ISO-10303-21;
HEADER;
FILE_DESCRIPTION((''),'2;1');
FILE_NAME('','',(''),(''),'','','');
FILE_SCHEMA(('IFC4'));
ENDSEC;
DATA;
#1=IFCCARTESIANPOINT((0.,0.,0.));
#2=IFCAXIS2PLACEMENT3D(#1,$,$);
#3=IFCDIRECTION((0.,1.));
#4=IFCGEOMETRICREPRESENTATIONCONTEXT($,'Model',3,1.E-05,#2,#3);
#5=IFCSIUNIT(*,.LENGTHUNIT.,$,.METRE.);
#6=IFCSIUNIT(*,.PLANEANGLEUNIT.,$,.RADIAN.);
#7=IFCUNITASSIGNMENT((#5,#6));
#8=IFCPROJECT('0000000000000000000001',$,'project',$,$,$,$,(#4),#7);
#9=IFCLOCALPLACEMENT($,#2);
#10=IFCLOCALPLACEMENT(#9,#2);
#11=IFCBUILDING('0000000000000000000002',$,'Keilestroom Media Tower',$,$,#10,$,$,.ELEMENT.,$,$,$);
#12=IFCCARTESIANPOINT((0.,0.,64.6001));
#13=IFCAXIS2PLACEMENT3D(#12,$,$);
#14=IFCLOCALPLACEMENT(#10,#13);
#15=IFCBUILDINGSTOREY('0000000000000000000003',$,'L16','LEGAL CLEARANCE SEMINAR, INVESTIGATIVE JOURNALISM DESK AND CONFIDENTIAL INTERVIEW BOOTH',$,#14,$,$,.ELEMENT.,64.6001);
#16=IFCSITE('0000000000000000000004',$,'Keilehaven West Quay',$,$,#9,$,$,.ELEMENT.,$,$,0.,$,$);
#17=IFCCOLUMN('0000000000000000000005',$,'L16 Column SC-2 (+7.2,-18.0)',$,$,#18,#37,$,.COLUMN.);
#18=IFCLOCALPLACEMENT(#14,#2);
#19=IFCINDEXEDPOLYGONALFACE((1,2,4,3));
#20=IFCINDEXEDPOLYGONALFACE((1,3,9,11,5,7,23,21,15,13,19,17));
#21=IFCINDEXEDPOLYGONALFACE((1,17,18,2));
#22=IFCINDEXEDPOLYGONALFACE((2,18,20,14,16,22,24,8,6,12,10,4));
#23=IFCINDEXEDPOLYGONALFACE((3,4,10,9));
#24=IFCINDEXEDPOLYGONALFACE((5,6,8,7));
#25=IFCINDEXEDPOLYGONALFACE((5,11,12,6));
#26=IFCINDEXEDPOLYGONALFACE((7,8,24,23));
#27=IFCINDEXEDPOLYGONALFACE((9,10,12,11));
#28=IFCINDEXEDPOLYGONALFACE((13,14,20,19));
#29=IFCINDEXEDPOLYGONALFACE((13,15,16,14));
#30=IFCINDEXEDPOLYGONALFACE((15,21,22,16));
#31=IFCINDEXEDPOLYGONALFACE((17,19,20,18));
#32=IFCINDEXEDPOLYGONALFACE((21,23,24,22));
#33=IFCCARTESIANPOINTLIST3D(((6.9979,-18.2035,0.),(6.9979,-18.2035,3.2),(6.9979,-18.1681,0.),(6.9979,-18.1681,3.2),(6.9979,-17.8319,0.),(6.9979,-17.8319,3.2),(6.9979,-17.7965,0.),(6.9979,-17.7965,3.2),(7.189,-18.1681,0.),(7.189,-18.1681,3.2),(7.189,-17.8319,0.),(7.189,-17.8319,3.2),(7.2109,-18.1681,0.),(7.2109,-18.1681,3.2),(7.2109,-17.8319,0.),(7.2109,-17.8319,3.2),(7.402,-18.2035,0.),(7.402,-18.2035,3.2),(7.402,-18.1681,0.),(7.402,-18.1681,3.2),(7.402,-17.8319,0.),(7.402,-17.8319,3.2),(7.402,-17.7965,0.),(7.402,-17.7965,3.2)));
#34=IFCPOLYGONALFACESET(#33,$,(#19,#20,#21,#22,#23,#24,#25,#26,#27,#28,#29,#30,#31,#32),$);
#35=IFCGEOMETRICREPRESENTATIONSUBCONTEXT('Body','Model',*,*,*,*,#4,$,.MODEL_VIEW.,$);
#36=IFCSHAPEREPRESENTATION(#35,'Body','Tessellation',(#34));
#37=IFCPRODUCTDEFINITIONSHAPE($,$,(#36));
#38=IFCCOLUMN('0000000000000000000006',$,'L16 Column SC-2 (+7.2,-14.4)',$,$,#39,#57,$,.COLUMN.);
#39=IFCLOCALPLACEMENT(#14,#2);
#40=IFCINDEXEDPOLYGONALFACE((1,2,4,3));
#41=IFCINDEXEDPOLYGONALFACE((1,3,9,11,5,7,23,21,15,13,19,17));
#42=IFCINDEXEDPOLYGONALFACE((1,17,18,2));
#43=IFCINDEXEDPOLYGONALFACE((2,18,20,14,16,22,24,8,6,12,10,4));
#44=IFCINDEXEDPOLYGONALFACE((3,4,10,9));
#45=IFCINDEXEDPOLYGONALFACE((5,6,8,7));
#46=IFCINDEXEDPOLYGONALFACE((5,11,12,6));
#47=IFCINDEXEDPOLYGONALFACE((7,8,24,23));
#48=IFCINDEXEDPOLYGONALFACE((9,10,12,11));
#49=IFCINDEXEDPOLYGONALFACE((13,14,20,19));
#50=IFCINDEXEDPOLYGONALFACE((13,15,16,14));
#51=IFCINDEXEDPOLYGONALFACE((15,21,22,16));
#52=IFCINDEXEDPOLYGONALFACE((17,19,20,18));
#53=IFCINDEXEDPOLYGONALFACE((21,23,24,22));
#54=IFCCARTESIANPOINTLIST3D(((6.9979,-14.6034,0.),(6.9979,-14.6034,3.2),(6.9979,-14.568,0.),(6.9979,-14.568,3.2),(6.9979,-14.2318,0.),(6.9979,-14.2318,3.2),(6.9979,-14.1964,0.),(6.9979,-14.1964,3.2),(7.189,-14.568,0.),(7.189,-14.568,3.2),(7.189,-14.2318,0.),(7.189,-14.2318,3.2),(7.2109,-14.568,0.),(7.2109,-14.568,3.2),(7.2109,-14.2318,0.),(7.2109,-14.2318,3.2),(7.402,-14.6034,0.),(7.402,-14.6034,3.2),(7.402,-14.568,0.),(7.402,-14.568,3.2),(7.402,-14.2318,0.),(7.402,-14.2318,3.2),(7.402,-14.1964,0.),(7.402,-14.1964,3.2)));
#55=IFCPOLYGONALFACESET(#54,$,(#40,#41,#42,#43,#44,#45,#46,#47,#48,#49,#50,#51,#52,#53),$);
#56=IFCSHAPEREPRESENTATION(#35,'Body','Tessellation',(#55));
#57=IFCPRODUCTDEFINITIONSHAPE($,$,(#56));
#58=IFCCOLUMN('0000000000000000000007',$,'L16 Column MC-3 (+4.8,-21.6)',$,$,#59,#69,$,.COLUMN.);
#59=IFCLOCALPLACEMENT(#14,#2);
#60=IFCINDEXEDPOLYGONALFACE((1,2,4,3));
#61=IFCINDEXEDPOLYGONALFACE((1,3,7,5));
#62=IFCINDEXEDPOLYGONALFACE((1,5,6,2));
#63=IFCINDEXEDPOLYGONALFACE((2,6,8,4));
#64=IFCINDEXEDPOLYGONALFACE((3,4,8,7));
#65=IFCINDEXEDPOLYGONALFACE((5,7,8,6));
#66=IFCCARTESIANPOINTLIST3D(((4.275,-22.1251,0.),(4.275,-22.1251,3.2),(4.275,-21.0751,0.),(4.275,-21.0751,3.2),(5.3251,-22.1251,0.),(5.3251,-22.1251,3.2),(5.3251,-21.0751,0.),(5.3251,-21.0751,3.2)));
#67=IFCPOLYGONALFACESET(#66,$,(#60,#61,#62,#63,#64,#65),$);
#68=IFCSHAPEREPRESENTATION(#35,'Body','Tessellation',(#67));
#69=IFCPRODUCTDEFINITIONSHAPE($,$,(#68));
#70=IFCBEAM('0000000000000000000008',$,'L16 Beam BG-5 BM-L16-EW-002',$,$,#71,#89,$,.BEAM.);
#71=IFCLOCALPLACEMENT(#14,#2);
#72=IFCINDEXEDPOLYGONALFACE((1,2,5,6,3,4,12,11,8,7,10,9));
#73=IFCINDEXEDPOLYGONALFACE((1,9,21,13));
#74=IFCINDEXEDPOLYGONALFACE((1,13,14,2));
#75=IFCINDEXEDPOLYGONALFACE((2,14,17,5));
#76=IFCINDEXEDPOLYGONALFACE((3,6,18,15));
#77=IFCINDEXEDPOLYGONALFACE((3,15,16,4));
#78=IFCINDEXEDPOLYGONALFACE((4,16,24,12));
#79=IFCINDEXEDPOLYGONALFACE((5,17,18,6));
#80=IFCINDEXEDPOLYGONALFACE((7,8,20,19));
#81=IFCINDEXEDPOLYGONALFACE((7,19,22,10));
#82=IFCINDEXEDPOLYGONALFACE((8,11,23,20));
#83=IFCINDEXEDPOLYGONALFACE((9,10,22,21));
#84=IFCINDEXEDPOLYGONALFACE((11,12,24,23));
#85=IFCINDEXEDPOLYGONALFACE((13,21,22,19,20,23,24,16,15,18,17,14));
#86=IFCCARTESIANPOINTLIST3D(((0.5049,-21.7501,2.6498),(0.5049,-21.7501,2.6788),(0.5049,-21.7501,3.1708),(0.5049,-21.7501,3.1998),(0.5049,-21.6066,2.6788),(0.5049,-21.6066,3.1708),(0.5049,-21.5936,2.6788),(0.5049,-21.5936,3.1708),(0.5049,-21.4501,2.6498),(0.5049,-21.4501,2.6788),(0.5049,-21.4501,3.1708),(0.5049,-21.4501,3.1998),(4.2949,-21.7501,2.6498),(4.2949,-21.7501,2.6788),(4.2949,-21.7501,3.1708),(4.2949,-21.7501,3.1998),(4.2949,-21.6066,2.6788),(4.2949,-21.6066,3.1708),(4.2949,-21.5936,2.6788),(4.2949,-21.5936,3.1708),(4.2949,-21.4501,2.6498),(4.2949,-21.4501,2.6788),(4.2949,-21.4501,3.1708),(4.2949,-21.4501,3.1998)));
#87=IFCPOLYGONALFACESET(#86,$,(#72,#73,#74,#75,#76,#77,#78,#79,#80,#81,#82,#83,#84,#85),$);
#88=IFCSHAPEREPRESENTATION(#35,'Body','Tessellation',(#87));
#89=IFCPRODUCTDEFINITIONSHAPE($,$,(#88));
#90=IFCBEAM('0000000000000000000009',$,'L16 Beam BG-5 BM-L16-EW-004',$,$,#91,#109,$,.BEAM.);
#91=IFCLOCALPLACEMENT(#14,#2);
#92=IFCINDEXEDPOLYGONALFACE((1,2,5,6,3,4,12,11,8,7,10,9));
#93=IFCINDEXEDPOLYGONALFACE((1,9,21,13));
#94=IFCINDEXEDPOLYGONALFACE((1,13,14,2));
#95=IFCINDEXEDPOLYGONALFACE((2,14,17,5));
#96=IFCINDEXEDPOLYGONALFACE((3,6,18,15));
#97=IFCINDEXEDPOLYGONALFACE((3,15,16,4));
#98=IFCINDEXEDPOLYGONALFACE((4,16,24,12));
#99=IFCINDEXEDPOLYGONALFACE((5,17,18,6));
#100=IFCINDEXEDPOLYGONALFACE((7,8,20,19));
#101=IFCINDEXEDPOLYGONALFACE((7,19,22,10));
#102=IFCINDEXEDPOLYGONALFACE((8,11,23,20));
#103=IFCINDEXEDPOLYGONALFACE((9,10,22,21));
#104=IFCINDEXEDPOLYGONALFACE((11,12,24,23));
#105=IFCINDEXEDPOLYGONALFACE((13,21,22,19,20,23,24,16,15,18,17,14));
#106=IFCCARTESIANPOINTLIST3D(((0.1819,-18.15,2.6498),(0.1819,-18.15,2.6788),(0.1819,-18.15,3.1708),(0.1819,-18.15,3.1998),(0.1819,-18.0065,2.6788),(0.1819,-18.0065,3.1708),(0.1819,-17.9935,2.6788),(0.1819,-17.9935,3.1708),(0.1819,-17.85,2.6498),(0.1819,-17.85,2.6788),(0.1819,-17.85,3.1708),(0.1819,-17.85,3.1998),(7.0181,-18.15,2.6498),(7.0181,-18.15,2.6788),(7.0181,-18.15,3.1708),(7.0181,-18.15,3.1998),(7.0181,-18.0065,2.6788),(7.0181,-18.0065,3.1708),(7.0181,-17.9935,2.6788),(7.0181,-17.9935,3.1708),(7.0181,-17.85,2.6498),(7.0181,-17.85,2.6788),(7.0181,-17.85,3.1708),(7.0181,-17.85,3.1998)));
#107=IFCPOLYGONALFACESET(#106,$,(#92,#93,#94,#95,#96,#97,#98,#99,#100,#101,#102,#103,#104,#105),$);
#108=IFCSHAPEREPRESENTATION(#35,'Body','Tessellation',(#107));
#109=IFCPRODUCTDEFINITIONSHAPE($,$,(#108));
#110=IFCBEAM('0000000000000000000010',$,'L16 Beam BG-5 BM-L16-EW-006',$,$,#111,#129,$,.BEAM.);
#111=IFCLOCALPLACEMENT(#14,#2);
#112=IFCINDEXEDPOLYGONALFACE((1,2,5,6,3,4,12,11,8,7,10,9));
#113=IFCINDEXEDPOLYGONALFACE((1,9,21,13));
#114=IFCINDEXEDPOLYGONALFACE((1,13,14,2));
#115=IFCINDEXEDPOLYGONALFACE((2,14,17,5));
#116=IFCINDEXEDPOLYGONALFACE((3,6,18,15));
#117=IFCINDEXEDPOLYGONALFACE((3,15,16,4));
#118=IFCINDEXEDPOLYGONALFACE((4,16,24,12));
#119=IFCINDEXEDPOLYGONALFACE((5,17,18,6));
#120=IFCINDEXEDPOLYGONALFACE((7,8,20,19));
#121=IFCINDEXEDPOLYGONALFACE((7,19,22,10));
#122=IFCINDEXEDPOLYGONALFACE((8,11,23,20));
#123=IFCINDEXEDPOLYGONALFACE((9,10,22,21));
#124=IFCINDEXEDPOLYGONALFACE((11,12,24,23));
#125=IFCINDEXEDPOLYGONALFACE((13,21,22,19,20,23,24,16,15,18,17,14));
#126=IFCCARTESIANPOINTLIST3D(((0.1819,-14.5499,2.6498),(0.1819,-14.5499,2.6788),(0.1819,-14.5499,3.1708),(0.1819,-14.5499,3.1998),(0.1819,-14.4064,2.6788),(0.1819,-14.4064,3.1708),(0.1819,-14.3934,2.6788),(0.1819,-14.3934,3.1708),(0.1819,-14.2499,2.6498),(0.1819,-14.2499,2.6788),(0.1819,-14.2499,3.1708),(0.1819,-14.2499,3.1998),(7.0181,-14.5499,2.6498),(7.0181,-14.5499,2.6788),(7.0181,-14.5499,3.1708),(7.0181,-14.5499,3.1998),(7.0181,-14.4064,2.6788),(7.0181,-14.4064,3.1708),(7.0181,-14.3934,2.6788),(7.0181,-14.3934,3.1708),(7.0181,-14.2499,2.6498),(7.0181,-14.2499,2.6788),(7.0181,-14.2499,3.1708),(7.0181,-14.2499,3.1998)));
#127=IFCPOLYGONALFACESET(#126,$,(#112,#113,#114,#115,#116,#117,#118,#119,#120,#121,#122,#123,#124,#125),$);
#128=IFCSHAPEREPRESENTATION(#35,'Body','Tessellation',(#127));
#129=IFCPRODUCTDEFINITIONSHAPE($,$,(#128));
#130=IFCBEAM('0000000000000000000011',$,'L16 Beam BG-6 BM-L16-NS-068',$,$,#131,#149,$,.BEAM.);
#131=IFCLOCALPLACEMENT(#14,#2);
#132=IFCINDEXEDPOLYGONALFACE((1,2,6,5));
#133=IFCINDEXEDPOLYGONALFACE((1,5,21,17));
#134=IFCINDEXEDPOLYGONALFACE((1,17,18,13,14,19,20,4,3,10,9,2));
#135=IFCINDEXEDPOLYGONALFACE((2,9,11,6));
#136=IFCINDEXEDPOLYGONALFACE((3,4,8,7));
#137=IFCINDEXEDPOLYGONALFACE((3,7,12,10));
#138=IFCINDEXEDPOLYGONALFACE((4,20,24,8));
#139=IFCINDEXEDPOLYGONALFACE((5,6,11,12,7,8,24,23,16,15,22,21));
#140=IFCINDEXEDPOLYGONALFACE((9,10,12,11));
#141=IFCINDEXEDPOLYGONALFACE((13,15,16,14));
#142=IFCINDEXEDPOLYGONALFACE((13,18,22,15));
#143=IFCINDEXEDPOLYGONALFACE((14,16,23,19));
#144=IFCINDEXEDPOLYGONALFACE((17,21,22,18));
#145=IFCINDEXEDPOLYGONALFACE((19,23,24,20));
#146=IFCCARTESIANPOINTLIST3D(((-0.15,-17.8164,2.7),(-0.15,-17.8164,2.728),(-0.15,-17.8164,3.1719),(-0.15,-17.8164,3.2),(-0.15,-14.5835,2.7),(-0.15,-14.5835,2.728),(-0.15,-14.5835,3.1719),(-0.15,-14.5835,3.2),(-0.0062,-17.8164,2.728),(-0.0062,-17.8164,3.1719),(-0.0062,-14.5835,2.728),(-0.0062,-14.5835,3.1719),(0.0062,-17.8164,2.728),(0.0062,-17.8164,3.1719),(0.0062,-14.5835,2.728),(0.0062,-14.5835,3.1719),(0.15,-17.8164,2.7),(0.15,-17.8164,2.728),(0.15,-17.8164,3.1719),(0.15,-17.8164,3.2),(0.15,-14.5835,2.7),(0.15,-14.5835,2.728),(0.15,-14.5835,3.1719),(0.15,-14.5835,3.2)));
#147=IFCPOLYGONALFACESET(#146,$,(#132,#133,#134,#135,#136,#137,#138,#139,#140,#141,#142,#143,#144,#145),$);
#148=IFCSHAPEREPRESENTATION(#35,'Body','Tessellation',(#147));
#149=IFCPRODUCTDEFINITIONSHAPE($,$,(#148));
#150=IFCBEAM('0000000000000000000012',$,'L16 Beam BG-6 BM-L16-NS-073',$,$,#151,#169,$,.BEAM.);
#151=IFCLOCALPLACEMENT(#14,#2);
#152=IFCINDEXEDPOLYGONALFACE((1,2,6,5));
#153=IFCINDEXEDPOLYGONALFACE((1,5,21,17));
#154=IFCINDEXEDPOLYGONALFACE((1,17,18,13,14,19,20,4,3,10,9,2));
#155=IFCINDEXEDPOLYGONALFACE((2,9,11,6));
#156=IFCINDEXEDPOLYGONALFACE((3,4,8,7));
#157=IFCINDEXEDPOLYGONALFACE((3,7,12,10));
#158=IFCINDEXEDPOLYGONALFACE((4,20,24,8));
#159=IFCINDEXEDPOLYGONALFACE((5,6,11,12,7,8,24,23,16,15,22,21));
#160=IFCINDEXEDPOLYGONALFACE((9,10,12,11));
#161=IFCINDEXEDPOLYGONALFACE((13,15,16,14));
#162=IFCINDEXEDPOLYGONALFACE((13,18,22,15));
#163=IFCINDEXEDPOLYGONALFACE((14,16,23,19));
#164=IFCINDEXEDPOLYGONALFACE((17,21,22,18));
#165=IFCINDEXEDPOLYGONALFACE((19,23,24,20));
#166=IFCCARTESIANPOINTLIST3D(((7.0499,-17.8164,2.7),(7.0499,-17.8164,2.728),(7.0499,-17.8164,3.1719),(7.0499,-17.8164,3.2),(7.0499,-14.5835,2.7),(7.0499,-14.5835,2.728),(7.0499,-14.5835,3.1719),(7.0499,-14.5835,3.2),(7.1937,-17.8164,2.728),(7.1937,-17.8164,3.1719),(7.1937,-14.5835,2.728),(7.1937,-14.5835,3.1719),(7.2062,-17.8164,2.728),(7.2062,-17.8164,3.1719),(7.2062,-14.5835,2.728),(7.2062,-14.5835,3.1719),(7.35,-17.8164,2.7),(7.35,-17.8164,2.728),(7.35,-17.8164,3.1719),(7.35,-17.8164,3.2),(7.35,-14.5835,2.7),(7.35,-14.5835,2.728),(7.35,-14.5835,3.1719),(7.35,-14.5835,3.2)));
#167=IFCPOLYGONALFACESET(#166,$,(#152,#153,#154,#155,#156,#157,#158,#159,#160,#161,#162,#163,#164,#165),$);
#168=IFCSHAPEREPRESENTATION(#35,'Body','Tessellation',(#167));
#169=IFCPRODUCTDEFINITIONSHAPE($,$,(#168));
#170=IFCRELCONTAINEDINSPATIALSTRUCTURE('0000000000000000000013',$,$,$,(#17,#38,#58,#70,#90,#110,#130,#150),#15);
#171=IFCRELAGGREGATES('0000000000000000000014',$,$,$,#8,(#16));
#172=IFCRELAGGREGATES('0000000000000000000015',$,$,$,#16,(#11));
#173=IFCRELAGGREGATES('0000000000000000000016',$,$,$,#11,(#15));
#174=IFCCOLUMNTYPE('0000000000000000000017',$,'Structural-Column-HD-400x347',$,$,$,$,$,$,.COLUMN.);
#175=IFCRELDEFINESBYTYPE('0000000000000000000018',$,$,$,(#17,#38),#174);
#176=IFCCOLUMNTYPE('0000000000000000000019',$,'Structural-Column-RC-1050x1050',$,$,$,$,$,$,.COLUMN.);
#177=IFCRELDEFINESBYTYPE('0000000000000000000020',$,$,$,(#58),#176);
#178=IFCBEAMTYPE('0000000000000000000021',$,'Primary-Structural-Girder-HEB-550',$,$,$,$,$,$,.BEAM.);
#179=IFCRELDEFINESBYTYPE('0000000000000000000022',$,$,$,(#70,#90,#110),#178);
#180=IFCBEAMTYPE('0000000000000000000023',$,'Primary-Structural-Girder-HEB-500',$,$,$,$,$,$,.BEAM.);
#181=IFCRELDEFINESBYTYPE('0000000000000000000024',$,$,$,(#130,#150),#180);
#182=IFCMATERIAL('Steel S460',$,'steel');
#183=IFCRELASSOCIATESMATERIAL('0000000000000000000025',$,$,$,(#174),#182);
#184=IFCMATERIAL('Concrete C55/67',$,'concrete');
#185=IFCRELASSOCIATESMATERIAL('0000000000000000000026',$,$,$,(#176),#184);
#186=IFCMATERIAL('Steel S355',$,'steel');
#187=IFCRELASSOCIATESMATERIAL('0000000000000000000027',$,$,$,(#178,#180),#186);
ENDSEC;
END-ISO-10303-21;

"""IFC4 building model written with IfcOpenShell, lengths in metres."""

from ifc_helpers import new_model, si_unit, direction, frame, origin, origin_2d, place, context, subcontext, project, spatial, rectangle, i_section, extrude, source, transform, mapped, material, material_profile, profile_set, type_object, element, save


model = new_model("IFC4")

# Units and contexts
model_context = context("Model", 3, precision=1e-05, world=origin(), true_north=direction((0.0, 1.0)))
body_context = subcontext(model_context, "Body", "Model", "MODEL_VIEW")
ifc_project = project(units=[si_unit("LENGTHUNIT", "METRE"), si_unit("PLANEANGLEUNIT", "RADIAN")], contexts=[model_context])

# Site, building, storey
site_placement = place(None, origin())
site = spatial("IfcSite", under=ifc_project, at=site_placement, Name="Keilehaven West Quay", CompositionType="ELEMENT", RefElevation=0.0)
building_placement = place(site_placement, origin())
building = spatial("IfcBuilding", under=site, at=building_placement, Name="Keilestroom Media Tower", CompositionType="ELEMENT")
storey_placement = place(building_placement, frame((0.0, 0.0, 64.6001)))
storey = spatial("IfcBuildingStorey", under=building, at=storey_placement, Name="L16", Description="LEGAL CLEARANCE SEMINAR, INVESTIGATIVE JOURNALISM DESK AND CONFIDENTIAL INTERVIEW BOOTH", CompositionType="ELEMENT", Elevation=64.6001)

# Columns
ifc_material_1 = material(Name="Steel S460", Category="steel")
ifc_material_profile_1 = material_profile(ifc_material_1, i_section(OverallWidth=0.4041, OverallDepth=0.407, WebThickness=0.022, FlangeThickness=0.0354, at=origin_2d()), Name="HD 400x347")
ifc_profile_set_1 = profile_set([ifc_material_profile_1], Name="Steel S460")
column_type_1 = type_object("IfcColumnType", Name="Structural-Column-HD-400x347", PredefinedType="COLUMN", material=ifc_profile_set_1)
shared_shape_1 = source(origin(), body_context, "Body", "SweptSolid", [
    extrude(i_section(OverallWidth=0.4041, OverallDepth=0.407, WebThickness=0.022, FlangeThickness=0.0354, at=origin_2d()), origin(), (0.0, 0.0, 1.0), 3.2),
])
for number, where, z_axis, x_axis, name in (
    (1, (7.2, -18.0, 0.0), (0.0, 0.0, 1.0), (1.0, 0.0, 0.0), "L16 Column SC-2 (+7.2,-18.0)"),
    (2, (7.2, -14.3999, 0.0), (0.0, 0.0, 1.0), (1.0, 0.0, 0.0), "L16 Column SC-2 (+7.2,-14.4)"),
):
    element("IfcColumn", number, at=place(storey_placement, frame(where, z_axis=z_axis, x_axis=x_axis)), inside=storey, type_object=column_type_1, Name=name, PredefinedType="COLUMN", context=body_context, shape_type="MappedRepresentation", body=[
        mapped(shared_shape_1, transform((0.0, 0.0, 0.0), x_axis=(1.0, 0.0, 0.0), y_axis=(0.0, 1.0, 0.0), z_axis=(0.0, 0.0, 1.0), scale=1.0)),
    ])
ifc_material_2 = material(Name="Concrete C55/67", Category="concrete")
ifc_material_profile_2 = material_profile(ifc_material_2, rectangle(XDim=1.05, YDim=1.05, at=origin_2d()), Name="RC 1050x1050")
ifc_profile_set_2 = profile_set([ifc_material_profile_2], Name="Concrete C55/67")
column_type_2 = type_object("IfcColumnType", Name="Structural-Column-RC-1050x1050", PredefinedType="COLUMN", material=ifc_profile_set_2)
shared_shape_2 = source(origin(), body_context, "Body", "SweptSolid", [
    extrude(rectangle(XDim=1.05, YDim=1.05, at=origin_2d()), origin(), (0.0, 0.0, 1.0), 3.2),
])
column_placement = place(storey_placement, frame((4.8, -21.6001, 0.0), z_axis=(0.0, 0.0, 1.0), x_axis=(1.0, 0.0, 0.0)))
element("IfcColumn", 3, at=column_placement, inside=storey, type_object=column_type_2, Name="L16 Column MC-3 (+4.8,-21.6)", PredefinedType="COLUMN", context=body_context, shape_type="MappedRepresentation", body=[
    mapped(shared_shape_2, transform((0.0, 0.0, 0.0), x_axis=(1.0, 0.0, 0.0), y_axis=(0.0, 1.0, 0.0), z_axis=(0.0, 0.0, 1.0), scale=1.0)),
])

# Beams
ifc_material_3 = material(Name="Steel S355", Category="steel")
ifc_material_profile_3 = material_profile(ifc_material_3, i_section(OverallWidth=0.3, OverallDepth=0.55, WebThickness=0.0129, FlangeThickness=0.0291, at=origin_2d()), Name="HEB 550")
ifc_profile_set_3 = profile_set([ifc_material_profile_3], Name="Steel S355")
beam_type_1 = type_object("IfcBeamType", Name="Primary-Structural-Girder-HEB-550", PredefinedType="BEAM", material=ifc_profile_set_3)
shared_shape_3 = source(origin(), body_context, "Body", "SweptSolid", [
    extrude(i_section(OverallWidth=0.3, OverallDepth=0.55, WebThickness=0.0129, FlangeThickness=0.0291, at=origin_2d()), origin(), (0.0, 0.0, 1.0), 3.79),
])
beam_1_placement = place(storey_placement, frame((0.5049, -21.6001, 2.9248), z_axis=(1.0, 0.0, 0.0), x_axis=(0.0, 1.0, 0.0)))
element("IfcBeam", 4, at=beam_1_placement, inside=storey, type_object=beam_type_1, Name="L16 Beam BG-5 BM-L16-EW-002", PredefinedType="BEAM", context=body_context, shape_type="MappedRepresentation", body=[
    mapped(shared_shape_3, transform((0.0, 0.0, 0.0), x_axis=(1.0, 0.0, 0.0), y_axis=(0.0, 1.0, 0.0), z_axis=(0.0, 0.0, 1.0), scale=1.0)),
])
shared_shape_4 = source(origin(), body_context, "Body", "SweptSolid", [
    extrude(i_section(OverallWidth=0.3, OverallDepth=0.55, WebThickness=0.0129, FlangeThickness=0.0291, at=origin_2d()), origin(), (0.0, 0.0, 1.0), 6.8362),
])
for number, where, z_axis, x_axis, name in (
    (5, (0.1819, -18.0, 2.9248), (1.0, 0.0, 0.0), (0.0, 1.0, 0.0), "L16 Beam BG-5 BM-L16-EW-004"),
    (6, (0.1819, -14.3999, 2.9248), (1.0, 0.0, 0.0), (0.0, 1.0, 0.0), "L16 Beam BG-5 BM-L16-EW-006"),
):
    element("IfcBeam", number, at=place(storey_placement, frame(where, z_axis=z_axis, x_axis=x_axis)), inside=storey, type_object=beam_type_1, Name=name, PredefinedType="BEAM", context=body_context, shape_type="MappedRepresentation", body=[
        mapped(shared_shape_4, transform((0.0, 0.0, 0.0), x_axis=(1.0, 0.0, 0.0), y_axis=(0.0, 1.0, 0.0), z_axis=(0.0, 0.0, 1.0), scale=1.0)),
    ])
ifc_material_profile_4 = material_profile(ifc_material_3, i_section(OverallWidth=0.3, OverallDepth=0.5, WebThickness=0.0125, FlangeThickness=0.0281, at=origin_2d()), Name="HEB 500")
ifc_profile_set_4 = profile_set([ifc_material_profile_4], Name="Steel S355")
beam_type_2 = type_object("IfcBeamType", Name="Primary-Structural-Girder-HEB-500", PredefinedType="BEAM", material=ifc_profile_set_4)
shared_shape_5 = source(origin(), body_context, "Body", "SweptSolid", [
    extrude(i_section(OverallWidth=0.3, OverallDepth=0.5, WebThickness=0.0125, FlangeThickness=0.0281, at=origin_2d()), origin(), (0.0, 0.0, 1.0), 3.2329),
])
for number, where, z_axis, x_axis, name in (
    (7, (0.0, -17.8164, 2.95), (0.0, 1.0, 0.0), (-1.0, 0.0, 0.0), "L16 Beam BG-6 BM-L16-NS-068"),
    (8, (7.2, -17.8164, 2.95), (0.0, 1.0, 0.0), (-1.0, 0.0, 0.0), "L16 Beam BG-6 BM-L16-NS-073"),
):
    element("IfcBeam", number, at=place(storey_placement, frame(where, z_axis=z_axis, x_axis=x_axis)), inside=storey, type_object=beam_type_2, Name=name, PredefinedType="BEAM", context=body_context, shape_type="MappedRepresentation", body=[
        mapped(shared_shape_5, transform((0.0, 0.0, 0.0), x_axis=(1.0, 0.0, 0.0), y_axis=(0.0, 1.0, 0.0), z_axis=(0.0, 0.0, 1.0), scale=1.0)),
    ])

save(model, "model.ifc")
